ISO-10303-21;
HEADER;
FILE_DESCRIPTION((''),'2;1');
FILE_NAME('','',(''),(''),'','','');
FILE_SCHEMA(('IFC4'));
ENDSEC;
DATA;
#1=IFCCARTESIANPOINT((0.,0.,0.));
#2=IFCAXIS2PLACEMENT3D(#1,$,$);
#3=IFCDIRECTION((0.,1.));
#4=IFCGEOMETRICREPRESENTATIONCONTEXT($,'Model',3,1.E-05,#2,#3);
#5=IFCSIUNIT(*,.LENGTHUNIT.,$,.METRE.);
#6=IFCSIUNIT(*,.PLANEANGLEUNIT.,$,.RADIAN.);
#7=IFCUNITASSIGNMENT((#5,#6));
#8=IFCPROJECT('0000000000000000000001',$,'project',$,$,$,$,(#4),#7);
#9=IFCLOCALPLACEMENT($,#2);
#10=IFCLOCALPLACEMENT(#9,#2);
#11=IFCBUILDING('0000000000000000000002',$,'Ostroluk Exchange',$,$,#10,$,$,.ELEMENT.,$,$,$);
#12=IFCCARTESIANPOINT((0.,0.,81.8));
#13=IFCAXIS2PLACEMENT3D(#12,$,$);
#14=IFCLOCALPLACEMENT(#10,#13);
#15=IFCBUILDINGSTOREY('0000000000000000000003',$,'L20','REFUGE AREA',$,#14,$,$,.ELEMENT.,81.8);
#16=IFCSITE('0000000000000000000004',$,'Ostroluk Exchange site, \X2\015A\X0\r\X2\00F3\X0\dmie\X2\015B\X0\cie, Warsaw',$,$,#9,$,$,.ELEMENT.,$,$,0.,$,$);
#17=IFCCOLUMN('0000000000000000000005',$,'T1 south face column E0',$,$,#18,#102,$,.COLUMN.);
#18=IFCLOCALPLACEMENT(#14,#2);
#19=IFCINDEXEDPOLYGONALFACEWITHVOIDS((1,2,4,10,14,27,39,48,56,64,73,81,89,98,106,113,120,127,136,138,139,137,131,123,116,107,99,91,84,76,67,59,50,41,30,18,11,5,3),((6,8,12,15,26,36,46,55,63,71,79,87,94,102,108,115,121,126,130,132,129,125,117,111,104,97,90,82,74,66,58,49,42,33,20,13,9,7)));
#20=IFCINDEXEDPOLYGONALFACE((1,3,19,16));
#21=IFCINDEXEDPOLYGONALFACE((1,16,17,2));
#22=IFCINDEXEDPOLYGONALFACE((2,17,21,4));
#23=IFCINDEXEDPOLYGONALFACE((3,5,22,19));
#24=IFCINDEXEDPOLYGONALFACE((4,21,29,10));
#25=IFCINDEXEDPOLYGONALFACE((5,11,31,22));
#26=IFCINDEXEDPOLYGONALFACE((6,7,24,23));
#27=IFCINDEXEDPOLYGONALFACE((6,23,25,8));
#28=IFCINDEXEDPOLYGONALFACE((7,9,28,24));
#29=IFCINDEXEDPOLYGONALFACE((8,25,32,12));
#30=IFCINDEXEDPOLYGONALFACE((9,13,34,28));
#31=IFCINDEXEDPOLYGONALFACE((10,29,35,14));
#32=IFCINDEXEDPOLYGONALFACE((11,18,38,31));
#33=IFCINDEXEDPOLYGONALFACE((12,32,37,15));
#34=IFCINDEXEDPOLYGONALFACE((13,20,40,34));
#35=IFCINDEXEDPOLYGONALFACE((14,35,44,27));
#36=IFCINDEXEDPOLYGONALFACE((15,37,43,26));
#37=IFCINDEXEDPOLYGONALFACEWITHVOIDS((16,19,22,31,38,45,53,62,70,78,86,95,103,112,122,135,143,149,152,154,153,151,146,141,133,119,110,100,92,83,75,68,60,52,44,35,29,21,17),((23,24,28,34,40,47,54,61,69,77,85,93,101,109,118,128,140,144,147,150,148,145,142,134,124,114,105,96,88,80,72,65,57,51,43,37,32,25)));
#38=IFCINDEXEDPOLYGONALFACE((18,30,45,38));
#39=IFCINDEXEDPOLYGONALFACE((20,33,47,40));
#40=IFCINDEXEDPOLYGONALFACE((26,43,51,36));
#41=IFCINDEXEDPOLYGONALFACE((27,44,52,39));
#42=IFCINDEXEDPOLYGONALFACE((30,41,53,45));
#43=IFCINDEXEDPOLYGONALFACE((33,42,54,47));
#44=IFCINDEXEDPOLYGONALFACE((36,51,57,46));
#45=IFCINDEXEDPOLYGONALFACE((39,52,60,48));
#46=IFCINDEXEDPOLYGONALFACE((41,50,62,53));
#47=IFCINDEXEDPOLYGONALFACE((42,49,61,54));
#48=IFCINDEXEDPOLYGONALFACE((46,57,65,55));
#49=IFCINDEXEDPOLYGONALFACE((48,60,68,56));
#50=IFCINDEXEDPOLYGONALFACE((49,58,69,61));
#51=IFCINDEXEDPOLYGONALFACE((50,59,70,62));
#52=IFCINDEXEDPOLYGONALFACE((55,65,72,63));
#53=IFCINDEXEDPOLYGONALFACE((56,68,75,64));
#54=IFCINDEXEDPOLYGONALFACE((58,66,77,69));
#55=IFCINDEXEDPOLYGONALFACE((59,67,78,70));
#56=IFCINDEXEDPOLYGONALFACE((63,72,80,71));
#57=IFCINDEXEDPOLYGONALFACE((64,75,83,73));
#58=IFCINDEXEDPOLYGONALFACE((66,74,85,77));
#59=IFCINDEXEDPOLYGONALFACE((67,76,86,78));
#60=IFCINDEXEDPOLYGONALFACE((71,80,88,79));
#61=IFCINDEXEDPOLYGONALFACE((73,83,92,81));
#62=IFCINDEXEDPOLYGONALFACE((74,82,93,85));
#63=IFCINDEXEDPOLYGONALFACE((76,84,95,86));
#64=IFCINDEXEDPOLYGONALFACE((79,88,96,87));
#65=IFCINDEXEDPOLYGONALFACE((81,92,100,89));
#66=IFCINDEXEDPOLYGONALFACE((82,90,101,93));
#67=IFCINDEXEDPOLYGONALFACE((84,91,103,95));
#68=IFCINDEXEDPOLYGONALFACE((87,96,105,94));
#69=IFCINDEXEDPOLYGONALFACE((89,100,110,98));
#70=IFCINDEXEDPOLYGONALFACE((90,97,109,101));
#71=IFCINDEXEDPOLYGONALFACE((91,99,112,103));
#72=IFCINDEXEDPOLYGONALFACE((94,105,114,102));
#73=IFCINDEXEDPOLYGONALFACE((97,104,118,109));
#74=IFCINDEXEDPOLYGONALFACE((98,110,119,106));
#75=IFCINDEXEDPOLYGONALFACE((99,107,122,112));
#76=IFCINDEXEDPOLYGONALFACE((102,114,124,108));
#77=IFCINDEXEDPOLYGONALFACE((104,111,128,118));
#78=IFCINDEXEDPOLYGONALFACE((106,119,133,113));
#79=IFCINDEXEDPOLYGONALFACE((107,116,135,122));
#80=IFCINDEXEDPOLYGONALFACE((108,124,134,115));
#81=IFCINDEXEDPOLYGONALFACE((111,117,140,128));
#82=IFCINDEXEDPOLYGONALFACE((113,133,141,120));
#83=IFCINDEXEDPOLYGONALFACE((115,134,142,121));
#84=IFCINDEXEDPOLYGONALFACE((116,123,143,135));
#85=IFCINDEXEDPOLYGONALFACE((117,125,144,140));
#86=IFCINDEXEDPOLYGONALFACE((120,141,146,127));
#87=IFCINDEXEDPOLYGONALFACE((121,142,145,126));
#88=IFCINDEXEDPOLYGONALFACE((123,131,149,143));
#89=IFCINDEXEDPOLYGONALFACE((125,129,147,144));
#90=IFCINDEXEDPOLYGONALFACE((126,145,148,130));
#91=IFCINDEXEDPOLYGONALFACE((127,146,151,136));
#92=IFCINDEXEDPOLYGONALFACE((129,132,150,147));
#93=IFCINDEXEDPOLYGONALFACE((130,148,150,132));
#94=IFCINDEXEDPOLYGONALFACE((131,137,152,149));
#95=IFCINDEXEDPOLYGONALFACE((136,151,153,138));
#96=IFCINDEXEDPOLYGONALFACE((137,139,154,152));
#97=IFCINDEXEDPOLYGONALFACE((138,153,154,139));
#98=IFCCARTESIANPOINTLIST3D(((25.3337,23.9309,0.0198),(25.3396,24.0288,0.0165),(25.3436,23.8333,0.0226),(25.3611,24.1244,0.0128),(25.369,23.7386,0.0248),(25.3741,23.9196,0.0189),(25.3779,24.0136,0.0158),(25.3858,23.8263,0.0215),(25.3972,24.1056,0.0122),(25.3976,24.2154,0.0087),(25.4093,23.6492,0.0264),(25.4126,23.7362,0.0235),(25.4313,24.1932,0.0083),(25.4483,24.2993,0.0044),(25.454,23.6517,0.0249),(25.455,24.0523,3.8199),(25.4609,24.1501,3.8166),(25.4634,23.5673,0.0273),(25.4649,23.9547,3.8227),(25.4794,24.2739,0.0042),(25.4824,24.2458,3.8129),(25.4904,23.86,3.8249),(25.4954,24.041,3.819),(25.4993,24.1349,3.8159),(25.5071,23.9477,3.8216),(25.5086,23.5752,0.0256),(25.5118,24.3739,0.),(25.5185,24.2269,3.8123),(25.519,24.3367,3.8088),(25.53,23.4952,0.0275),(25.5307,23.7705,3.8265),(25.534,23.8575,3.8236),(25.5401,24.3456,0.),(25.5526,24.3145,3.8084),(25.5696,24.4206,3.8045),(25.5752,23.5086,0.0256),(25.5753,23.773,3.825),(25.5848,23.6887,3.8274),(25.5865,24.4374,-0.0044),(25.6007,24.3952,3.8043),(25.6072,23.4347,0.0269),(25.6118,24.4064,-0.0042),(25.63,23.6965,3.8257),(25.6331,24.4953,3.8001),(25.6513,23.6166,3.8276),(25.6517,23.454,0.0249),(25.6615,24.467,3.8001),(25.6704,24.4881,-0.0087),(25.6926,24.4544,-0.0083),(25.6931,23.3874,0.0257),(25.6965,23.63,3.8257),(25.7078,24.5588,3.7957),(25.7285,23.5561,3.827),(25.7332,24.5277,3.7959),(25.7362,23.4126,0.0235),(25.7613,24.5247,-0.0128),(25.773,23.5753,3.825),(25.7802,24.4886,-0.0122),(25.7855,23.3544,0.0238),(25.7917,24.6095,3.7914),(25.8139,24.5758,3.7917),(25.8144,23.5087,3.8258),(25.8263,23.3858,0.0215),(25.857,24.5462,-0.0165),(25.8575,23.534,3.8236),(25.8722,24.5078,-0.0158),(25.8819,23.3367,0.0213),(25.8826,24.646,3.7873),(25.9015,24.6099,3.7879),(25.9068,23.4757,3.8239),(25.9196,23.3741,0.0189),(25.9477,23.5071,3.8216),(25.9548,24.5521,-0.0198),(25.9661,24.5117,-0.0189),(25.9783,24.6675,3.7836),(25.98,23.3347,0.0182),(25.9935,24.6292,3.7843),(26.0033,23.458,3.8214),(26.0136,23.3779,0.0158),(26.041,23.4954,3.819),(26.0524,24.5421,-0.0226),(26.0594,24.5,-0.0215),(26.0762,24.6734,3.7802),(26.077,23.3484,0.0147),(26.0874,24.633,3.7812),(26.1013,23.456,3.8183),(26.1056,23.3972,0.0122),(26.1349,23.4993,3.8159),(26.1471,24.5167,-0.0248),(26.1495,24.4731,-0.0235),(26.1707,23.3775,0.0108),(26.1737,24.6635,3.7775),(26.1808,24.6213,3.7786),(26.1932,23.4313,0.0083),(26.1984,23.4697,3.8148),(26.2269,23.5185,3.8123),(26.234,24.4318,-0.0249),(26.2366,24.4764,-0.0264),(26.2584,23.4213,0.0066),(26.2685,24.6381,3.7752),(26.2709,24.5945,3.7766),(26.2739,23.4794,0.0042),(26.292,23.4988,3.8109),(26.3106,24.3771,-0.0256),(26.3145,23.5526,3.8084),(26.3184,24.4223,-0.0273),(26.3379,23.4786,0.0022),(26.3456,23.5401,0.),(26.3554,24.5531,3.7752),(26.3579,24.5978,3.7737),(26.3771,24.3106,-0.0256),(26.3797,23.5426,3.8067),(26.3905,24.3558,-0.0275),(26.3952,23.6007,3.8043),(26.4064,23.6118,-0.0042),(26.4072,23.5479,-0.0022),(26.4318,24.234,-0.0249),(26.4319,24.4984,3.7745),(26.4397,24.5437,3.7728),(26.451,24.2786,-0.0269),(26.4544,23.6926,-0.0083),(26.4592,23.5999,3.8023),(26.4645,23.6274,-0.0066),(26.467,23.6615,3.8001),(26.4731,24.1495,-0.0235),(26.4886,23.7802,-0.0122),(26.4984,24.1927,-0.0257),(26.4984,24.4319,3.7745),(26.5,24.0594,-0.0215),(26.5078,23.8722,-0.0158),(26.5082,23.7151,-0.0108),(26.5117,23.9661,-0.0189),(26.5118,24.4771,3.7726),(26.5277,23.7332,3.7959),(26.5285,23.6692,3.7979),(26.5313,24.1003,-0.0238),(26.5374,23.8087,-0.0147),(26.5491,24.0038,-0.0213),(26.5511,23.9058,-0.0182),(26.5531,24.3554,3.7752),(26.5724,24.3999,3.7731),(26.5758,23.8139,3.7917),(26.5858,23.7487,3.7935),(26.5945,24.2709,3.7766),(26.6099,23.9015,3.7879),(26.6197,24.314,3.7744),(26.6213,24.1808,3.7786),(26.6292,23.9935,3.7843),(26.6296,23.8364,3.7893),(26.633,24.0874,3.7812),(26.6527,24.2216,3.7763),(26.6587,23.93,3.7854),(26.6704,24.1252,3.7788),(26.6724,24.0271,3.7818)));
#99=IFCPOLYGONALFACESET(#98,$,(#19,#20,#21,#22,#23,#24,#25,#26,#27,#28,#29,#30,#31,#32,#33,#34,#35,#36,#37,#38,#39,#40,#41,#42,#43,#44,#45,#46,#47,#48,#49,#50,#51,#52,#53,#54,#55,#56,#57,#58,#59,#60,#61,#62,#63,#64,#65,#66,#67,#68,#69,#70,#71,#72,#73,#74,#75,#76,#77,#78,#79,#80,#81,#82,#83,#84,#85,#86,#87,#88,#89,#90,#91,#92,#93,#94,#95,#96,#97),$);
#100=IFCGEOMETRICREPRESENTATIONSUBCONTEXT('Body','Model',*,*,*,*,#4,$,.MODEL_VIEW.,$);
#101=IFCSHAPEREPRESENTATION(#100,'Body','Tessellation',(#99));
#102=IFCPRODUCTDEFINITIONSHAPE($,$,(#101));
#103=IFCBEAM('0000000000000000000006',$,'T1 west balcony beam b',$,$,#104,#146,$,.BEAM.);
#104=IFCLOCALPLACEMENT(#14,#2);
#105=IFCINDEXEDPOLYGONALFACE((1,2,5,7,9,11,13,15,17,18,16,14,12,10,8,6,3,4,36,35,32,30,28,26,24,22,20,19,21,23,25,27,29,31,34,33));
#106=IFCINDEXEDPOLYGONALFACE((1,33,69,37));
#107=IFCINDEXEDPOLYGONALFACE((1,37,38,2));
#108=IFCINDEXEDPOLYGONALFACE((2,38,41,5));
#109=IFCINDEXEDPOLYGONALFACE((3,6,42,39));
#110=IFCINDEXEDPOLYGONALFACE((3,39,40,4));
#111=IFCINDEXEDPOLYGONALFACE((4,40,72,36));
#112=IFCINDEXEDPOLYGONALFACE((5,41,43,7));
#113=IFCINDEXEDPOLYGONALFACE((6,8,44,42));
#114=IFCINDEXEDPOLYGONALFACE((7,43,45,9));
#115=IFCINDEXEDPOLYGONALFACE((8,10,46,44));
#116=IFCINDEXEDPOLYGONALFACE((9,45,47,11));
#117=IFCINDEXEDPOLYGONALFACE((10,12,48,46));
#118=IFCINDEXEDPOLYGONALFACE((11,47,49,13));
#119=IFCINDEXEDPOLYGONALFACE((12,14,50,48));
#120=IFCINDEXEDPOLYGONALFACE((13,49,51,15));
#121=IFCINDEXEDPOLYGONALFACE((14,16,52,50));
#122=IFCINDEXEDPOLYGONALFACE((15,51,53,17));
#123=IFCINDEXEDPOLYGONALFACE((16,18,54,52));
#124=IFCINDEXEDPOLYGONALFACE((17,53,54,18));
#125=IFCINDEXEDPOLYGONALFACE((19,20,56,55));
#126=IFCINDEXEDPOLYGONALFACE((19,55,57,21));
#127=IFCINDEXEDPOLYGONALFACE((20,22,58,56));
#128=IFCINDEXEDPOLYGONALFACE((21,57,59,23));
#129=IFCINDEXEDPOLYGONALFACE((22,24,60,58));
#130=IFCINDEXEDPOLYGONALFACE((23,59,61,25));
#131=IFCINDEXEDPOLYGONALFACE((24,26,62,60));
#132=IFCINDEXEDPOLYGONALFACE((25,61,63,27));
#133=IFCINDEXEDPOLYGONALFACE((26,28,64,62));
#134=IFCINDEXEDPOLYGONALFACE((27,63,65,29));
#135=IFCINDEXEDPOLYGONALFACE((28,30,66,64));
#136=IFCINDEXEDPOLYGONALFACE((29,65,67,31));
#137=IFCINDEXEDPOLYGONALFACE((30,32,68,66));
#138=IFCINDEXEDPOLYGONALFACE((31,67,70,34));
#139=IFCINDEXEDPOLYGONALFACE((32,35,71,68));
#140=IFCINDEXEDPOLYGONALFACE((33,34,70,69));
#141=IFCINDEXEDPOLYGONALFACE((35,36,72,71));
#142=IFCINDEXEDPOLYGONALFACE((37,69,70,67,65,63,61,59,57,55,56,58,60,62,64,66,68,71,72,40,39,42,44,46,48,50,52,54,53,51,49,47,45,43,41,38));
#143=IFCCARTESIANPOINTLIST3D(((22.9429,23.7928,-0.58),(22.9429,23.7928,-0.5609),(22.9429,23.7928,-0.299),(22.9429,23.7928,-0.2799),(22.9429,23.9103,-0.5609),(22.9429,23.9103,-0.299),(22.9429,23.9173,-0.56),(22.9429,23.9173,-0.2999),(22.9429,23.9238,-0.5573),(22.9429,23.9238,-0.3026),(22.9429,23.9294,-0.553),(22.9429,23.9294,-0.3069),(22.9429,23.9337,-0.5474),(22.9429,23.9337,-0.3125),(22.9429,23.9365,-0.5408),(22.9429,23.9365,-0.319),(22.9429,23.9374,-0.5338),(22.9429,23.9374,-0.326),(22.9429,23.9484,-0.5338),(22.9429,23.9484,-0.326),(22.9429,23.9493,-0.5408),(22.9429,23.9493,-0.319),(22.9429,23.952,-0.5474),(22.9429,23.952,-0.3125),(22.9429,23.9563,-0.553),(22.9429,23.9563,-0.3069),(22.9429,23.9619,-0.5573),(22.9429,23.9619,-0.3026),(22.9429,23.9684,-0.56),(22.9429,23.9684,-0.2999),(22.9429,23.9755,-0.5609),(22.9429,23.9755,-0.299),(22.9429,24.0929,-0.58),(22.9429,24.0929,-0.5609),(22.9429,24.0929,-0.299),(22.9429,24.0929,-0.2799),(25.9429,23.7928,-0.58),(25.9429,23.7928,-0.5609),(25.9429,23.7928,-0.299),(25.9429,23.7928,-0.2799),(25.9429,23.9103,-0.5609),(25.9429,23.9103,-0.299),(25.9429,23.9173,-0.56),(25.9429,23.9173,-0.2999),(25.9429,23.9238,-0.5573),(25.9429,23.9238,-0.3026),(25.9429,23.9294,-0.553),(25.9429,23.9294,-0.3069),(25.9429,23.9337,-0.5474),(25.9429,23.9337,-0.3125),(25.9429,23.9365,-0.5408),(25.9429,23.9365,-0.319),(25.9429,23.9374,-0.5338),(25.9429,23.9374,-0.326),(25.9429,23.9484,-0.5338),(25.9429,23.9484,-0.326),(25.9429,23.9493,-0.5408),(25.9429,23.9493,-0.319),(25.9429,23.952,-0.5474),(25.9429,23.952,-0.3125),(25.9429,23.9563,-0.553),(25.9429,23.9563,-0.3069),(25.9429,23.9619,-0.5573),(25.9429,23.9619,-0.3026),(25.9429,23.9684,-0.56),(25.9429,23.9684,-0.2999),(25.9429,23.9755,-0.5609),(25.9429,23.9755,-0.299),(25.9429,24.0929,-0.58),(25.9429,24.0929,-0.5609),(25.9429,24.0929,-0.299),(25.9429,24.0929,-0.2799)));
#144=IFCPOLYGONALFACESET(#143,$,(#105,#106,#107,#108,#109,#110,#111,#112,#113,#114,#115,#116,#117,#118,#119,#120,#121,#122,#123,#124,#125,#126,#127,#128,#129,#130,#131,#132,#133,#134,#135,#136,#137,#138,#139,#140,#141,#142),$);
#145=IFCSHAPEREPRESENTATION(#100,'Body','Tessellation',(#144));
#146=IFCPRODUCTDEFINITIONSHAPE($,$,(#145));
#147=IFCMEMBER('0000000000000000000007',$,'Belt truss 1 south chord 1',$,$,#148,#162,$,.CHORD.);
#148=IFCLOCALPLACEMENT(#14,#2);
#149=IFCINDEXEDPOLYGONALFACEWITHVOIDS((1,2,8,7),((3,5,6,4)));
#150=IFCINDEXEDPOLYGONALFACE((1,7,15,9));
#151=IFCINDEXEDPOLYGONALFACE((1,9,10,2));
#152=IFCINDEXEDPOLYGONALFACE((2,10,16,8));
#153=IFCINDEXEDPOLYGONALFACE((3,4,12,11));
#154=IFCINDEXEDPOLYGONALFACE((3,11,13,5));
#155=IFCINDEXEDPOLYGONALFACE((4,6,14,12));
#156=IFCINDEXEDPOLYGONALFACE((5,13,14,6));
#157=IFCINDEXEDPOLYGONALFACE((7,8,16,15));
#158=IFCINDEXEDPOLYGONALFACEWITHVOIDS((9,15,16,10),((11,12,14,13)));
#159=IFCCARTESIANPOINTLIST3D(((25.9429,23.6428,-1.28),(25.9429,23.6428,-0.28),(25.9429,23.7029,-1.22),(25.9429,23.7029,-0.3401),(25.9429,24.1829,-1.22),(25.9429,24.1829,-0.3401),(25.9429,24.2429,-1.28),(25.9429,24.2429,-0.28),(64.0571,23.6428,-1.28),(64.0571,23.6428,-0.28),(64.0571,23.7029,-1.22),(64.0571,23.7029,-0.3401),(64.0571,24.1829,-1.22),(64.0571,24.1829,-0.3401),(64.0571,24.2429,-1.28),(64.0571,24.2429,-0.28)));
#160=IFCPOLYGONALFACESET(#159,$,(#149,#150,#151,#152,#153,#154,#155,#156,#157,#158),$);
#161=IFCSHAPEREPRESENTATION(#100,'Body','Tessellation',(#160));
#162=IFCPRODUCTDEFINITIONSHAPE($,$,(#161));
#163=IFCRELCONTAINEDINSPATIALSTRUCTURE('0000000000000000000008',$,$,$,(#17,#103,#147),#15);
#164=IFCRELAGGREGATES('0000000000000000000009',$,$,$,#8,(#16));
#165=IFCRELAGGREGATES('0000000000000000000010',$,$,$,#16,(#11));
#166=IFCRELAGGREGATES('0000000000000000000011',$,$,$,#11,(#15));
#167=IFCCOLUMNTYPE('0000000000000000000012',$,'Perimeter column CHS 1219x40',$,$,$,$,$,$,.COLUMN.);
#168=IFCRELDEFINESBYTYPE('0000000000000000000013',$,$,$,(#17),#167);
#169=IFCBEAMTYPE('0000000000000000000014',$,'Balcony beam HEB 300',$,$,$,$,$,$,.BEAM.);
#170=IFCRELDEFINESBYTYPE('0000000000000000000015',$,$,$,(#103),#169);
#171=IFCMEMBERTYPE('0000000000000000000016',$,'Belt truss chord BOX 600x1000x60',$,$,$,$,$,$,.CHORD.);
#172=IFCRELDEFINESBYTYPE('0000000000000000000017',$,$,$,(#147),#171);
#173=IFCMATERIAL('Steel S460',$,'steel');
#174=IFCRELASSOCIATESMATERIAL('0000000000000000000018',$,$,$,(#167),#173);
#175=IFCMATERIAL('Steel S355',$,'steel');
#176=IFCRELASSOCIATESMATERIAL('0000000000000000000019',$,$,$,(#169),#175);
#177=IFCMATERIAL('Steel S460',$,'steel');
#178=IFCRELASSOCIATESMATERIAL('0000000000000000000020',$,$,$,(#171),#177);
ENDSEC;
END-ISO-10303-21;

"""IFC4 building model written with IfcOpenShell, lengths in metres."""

from ifc_helpers import new_model, si_unit, direction, frame, origin, origin_2d, place, context, subcontext, project, spatial, hollow_rectangle, hollow_circle, i_section, extrude, material, material_profile, profile_set, type_object, element, save


model = new_model("IFC4")

# Units and contexts
model_context = context("Model", 3, precision=1e-05, world=origin(), true_north=direction((0.0, 1.0)))
body_context = subcontext(model_context, "Body", "Model", "MODEL_VIEW")
ifc_project = project(units=[si_unit("LENGTHUNIT", "METRE"), si_unit("PLANEANGLEUNIT", "RADIAN")], contexts=[model_context])

# Site, building, storey
site_placement = place(None, origin())
site = spatial("IfcSite", under=ifc_project, at=site_placement, Name="Ostroluk Exchange site, Śródmieście, Warsaw", CompositionType="ELEMENT", RefElevation=0.0)
building_placement = place(site_placement, origin())
building = spatial("IfcBuilding", under=site, at=building_placement, Name="Ostroluk Exchange", CompositionType="ELEMENT")
storey_placement = place(building_placement, frame((0.0, 0.0, 81.8)))
storey = spatial("IfcBuildingStorey", under=building, at=storey_placement, Name="L20", Description="REFUGE AREA", CompositionType="ELEMENT", Elevation=81.8)

# Column
ifc_material_1 = material(Name="Steel S460", Category="steel")
ifc_material_profile_1 = material_profile(ifc_material_1, hollow_circle(Radius=0.6096, WallThickness=0.04, at=origin_2d()), Name="CHS 1219x40")
ifc_profile_set_1 = profile_set([ifc_material_profile_1], Name="Steel S460")
column_type = type_object("IfcColumnType", Name="Perimeter column CHS 1219x40", PredefinedType="COLUMN", material=ifc_profile_set_1)
column_placement = place(storey_placement, frame((25.9429, 23.9429, 0.0), z_axis=(0.031898, 0.031898, 0.998982), x_axis=(-0.707107, 0.707107, 0.0)))
element("IfcColumn", 1, at=column_placement, inside=storey, type_object=column_type, Name="T1 south face column E0", PredefinedType="COLUMN", context=body_context, shape_type="SweptSolid", body=[
    extrude(hollow_circle(Radius=0.6096, WallThickness=0.04, at=origin_2d()), origin(), (0.0, 0.0, 1.0), 3.804),
])

# Beam
ifc_material_2 = material(Name="Steel S355", Category="steel")
ifc_material_profile_2 = material_profile(ifc_material_2, i_section(OverallWidth=0.3, OverallDepth=0.3, WebThickness=0.011, FlangeThickness=0.019, FilletRadius=0.0271, at=origin_2d()), Name="HEB 300")
ifc_profile_set_2 = profile_set([ifc_material_profile_2], Name="Steel S355")
beam_type = type_object("IfcBeamType", Name="Balcony beam HEB 300", PredefinedType="BEAM", material=ifc_profile_set_2)
beam_placement = place(storey_placement, frame((25.9429, 23.9429, -0.4299), z_axis=(-1.0, 0.0, 0.0), x_axis=(0.0, -1.0, 0.0)))
element("IfcBeam", 2, at=beam_placement, inside=storey, type_object=beam_type, Name="T1 west balcony beam b", PredefinedType="BEAM", context=body_context, shape_type="SweptSolid", body=[
    extrude(i_section(OverallWidth=0.3, OverallDepth=0.3, WebThickness=0.011, FlangeThickness=0.019, FilletRadius=0.0271, at=origin_2d()), origin(), (0.0, 0.0, 1.0), 3.0),
])

# Member
ifc_material_3 = material(Name="Steel S460", Category="steel")
ifc_material_profile_3 = material_profile(ifc_material_3, hollow_rectangle(XDim=0.6001, YDim=1.0, WallThickness=0.0601, at=origin_2d()), Name="BOX 600x1000x60")
ifc_profile_set_3 = profile_set([ifc_material_profile_3], Name="Steel S460")
member_type_1 = type_object("IfcMemberType", Name="Belt truss chord BOX 600x1000x60", PredefinedType="CHORD", material=ifc_profile_set_3)
member_1_placement = place(storey_placement, frame((25.9429, 23.9429, -0.78), z_axis=(1.0, 0.0, 0.0), x_axis=(0.0, 1.0, 0.0)))
element("IfcMember", 3, at=member_1_placement, inside=storey, type_object=member_type_1, Name="Belt truss 1 south chord 1", PredefinedType="CHORD", context=body_context, shape_type="SweptSolid", body=[
    extrude(hollow_rectangle(XDim=0.6001, YDim=1.0, WallThickness=0.0601, at=origin_2d()), origin(), (0.0, 0.0, 1.0), 38.1143),
])

save(model, "model.ifc")
